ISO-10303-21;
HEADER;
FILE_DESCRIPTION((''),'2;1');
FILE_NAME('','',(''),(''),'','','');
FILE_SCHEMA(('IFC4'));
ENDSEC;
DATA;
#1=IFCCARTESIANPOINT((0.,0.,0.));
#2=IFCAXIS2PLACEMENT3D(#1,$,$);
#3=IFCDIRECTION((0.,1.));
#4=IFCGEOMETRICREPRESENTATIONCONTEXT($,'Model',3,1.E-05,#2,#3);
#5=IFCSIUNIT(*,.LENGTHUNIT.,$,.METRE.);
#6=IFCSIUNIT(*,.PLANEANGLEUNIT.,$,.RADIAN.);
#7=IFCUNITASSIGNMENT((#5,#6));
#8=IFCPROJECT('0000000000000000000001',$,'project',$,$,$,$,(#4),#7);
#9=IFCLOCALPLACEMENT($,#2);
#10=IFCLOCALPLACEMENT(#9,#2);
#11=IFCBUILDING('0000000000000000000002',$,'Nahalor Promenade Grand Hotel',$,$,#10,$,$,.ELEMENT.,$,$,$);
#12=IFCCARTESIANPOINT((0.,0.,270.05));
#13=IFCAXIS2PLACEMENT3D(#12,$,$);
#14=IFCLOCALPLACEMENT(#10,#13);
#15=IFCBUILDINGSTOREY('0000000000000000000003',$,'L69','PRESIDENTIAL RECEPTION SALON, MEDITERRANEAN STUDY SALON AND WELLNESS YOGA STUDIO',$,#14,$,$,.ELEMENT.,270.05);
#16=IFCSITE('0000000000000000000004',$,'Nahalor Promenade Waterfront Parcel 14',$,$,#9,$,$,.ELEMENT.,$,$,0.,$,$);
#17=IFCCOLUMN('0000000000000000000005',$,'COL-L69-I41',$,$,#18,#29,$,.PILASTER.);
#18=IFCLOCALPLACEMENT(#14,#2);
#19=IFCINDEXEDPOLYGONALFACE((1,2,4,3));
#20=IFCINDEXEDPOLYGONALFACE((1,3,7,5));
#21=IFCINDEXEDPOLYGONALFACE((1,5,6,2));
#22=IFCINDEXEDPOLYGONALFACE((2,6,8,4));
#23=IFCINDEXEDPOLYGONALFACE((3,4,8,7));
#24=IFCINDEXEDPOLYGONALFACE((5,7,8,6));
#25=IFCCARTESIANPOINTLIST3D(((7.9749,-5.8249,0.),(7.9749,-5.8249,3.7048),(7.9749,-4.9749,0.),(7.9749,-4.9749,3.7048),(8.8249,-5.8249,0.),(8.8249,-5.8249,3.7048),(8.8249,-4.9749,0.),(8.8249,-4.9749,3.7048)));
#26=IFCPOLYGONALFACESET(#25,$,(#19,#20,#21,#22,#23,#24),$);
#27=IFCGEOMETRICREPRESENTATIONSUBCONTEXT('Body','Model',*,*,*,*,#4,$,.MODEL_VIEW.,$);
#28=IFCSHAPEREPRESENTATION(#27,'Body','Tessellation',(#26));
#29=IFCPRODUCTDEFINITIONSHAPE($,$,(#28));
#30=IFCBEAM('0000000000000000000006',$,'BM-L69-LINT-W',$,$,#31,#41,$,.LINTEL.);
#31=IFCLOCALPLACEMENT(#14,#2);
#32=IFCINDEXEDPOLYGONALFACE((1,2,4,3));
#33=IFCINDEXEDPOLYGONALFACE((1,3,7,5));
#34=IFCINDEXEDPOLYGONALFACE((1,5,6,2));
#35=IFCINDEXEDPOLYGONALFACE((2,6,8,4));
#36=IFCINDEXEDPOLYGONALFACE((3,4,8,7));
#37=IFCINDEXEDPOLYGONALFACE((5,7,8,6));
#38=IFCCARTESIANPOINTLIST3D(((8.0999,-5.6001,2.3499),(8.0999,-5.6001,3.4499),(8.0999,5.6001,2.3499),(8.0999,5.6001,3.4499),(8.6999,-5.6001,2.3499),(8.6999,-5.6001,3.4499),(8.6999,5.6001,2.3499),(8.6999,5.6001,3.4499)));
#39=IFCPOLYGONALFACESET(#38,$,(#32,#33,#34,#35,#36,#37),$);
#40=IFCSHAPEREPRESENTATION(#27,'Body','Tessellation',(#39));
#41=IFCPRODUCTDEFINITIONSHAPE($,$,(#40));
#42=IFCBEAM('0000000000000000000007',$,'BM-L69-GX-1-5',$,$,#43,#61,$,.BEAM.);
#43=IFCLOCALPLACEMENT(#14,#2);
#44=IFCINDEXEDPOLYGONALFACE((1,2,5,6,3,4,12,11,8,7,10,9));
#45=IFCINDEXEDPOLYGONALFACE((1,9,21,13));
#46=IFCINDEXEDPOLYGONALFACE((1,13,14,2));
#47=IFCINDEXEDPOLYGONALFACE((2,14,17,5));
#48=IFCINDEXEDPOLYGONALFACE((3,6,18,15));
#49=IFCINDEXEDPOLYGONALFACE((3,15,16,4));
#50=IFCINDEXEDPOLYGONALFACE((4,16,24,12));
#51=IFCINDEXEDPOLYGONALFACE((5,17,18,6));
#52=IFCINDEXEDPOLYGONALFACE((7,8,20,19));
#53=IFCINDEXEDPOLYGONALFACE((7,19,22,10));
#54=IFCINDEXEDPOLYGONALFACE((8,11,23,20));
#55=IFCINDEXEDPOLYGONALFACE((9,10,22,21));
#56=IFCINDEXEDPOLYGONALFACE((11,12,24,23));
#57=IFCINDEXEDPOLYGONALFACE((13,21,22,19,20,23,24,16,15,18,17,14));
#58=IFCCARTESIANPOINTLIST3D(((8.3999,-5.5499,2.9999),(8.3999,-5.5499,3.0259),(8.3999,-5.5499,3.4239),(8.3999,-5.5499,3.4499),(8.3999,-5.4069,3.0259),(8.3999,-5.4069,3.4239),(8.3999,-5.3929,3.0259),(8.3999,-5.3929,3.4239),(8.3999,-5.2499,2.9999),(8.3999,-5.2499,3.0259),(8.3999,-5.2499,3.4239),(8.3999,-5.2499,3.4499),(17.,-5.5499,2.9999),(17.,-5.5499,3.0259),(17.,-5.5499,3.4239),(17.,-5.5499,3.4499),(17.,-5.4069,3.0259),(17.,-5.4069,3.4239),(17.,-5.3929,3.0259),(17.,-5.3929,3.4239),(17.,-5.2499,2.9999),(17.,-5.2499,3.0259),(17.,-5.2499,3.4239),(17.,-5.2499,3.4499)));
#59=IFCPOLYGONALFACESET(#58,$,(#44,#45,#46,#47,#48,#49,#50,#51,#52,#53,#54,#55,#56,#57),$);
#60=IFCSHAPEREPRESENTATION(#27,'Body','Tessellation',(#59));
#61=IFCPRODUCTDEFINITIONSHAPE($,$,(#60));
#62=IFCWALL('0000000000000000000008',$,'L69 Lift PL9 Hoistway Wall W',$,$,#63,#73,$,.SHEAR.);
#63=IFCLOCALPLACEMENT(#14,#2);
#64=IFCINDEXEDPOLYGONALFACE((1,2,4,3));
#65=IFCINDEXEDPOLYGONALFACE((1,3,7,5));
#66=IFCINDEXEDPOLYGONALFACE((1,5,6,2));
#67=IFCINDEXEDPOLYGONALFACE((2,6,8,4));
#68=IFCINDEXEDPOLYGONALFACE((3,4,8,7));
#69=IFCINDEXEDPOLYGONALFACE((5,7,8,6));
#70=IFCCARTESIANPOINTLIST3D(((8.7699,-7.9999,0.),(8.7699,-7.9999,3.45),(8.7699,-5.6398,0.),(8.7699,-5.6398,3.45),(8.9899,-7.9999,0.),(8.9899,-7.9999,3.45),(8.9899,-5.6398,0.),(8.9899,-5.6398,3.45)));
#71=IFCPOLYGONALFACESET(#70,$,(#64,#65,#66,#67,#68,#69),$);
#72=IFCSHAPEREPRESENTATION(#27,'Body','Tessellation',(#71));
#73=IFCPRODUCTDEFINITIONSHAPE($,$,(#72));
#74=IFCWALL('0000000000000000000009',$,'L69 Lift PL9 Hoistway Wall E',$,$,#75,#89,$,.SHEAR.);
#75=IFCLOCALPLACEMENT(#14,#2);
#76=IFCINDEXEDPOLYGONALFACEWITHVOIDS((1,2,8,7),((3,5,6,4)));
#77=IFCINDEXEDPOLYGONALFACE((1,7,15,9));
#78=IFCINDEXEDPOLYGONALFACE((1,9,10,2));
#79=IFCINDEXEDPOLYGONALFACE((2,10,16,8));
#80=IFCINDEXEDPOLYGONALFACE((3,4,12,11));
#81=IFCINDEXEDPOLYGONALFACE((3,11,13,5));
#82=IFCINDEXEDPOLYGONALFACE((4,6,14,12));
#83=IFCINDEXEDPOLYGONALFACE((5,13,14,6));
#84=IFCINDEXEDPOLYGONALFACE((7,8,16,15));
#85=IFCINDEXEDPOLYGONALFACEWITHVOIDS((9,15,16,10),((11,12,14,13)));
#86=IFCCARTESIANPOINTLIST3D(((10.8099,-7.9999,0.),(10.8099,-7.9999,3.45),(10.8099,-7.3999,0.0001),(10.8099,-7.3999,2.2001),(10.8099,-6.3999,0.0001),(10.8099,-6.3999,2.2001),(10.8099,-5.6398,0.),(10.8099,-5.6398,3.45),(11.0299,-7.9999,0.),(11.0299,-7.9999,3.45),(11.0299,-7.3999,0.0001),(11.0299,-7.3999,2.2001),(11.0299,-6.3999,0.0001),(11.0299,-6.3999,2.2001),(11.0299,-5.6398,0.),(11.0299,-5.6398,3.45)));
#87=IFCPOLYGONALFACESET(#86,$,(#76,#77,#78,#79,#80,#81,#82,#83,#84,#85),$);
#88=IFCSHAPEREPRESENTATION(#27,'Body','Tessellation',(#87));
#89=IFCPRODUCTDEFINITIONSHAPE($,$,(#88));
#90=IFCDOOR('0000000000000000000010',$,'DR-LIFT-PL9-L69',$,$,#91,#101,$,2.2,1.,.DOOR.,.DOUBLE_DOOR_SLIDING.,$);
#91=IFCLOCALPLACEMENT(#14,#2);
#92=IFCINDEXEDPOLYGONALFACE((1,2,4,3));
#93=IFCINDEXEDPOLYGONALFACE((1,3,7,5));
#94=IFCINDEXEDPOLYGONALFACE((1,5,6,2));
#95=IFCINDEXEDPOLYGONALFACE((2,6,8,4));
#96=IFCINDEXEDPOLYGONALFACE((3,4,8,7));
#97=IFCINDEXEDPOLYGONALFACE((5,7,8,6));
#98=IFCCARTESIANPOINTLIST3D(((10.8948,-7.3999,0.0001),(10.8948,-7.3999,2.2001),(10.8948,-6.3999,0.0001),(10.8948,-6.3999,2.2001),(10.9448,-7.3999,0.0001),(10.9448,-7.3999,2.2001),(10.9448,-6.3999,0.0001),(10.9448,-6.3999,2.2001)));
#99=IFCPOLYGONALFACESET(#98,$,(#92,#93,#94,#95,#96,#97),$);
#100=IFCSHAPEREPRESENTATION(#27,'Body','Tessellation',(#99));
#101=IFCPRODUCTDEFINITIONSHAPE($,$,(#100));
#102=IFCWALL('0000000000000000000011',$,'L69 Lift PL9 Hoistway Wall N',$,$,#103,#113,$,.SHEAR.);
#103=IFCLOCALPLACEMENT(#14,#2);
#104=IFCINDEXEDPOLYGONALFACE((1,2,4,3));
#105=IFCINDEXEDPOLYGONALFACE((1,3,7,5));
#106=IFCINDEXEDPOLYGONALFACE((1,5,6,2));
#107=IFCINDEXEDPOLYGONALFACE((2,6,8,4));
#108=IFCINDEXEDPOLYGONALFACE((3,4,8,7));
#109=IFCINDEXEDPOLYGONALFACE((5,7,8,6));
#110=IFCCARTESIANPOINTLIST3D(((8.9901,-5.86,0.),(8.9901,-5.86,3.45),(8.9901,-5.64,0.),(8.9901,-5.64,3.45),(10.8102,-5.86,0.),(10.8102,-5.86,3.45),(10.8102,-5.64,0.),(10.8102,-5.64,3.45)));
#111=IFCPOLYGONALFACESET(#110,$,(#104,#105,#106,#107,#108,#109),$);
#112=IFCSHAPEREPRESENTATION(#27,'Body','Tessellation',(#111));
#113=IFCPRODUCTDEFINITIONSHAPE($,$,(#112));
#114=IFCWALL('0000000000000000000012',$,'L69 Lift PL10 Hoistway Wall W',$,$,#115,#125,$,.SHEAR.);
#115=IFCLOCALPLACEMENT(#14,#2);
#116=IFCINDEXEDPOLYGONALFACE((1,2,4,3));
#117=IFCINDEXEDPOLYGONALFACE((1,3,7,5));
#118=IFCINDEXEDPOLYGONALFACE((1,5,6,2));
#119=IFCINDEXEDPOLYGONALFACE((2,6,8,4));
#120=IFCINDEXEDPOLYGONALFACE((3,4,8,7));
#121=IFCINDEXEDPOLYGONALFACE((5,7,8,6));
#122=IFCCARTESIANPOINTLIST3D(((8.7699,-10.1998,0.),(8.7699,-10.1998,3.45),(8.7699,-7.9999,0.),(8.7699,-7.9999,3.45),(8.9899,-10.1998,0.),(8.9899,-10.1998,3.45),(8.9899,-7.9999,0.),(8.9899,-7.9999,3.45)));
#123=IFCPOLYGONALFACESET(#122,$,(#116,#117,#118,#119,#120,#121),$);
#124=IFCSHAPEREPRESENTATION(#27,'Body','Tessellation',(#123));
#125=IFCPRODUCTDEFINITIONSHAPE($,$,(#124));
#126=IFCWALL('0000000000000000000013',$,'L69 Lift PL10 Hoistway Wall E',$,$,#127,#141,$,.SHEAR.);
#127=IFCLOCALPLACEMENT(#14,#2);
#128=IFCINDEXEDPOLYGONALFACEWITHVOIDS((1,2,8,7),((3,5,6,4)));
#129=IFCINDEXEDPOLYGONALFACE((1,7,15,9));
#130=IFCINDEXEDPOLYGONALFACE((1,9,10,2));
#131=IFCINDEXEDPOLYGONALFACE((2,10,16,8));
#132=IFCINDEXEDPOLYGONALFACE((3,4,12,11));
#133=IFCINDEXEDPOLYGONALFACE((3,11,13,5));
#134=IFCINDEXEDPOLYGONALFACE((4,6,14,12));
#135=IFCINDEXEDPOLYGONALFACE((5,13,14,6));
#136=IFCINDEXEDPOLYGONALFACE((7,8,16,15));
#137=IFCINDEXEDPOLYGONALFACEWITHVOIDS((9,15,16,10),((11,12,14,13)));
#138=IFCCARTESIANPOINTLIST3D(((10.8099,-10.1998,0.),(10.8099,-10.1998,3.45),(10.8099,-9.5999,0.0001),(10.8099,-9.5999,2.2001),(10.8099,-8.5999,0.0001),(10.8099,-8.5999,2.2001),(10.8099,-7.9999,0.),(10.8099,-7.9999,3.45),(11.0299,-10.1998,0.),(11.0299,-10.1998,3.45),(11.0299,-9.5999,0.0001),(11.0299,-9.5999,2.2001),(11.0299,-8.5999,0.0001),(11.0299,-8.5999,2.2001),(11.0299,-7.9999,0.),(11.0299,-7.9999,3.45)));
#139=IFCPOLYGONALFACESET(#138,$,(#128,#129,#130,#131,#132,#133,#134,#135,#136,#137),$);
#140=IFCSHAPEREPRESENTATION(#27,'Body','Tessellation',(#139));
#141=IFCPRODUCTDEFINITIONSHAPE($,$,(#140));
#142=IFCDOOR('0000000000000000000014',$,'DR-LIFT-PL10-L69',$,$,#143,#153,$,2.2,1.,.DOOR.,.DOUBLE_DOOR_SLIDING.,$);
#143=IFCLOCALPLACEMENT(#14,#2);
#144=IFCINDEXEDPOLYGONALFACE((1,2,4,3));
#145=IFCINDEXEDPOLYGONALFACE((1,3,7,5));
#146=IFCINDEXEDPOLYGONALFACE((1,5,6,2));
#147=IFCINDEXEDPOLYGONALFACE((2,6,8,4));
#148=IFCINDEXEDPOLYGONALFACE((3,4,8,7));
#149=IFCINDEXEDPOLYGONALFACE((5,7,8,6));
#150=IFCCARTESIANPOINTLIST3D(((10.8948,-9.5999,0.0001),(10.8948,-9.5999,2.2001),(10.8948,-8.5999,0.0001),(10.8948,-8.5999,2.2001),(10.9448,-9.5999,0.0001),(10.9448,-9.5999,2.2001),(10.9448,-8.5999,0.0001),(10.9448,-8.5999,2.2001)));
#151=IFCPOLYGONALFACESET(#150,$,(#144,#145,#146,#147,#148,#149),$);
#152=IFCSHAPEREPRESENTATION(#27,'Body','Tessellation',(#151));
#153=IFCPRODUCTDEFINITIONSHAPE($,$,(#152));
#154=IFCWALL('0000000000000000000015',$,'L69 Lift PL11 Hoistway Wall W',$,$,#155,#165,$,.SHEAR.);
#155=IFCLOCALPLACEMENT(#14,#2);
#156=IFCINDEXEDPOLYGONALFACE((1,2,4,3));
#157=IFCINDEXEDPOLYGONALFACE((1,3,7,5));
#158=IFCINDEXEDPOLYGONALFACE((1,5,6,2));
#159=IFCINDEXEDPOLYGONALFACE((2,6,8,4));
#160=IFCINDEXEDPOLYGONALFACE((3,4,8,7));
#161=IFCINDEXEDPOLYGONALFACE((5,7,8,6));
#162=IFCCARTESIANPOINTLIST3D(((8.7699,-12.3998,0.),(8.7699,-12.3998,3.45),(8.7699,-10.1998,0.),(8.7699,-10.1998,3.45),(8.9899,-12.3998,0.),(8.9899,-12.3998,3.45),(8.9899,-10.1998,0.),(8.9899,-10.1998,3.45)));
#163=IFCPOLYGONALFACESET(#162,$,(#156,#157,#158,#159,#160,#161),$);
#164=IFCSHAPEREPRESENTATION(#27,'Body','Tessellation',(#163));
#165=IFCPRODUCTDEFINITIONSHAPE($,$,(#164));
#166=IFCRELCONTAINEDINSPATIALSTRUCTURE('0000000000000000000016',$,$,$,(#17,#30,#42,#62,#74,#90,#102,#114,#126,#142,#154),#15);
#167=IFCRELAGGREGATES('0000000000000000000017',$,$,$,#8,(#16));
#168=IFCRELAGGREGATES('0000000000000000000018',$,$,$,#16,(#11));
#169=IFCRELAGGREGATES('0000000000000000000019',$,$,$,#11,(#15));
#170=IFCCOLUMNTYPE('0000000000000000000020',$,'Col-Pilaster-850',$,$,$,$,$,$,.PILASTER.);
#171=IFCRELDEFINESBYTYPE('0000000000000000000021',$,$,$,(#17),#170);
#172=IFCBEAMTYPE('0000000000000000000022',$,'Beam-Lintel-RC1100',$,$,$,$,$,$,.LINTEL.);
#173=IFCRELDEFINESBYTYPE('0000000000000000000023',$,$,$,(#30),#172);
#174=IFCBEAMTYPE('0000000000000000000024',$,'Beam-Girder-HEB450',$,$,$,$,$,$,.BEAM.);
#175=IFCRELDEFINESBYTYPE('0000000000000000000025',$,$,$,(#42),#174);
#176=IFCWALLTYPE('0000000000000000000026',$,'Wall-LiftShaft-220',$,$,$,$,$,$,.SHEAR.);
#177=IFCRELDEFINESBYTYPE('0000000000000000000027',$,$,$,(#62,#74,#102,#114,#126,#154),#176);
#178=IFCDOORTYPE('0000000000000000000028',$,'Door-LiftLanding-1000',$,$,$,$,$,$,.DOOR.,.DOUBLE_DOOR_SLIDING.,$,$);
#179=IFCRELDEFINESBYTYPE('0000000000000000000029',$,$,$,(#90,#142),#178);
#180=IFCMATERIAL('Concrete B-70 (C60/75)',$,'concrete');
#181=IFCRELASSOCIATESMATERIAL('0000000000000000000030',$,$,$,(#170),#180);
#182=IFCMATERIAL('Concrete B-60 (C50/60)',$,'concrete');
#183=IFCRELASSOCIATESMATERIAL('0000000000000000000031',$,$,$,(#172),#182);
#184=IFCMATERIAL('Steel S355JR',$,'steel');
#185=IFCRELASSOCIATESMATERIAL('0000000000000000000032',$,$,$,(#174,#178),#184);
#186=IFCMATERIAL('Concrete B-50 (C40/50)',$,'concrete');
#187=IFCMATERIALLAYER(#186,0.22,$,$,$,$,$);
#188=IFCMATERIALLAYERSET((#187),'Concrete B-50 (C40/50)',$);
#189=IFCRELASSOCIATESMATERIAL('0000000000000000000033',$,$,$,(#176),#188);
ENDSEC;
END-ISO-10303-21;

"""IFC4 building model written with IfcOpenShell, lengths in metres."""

from ifc_helpers import new_model, si_unit, direction, frame, frame_2d, origin, origin_2d, place, context, subcontext, project, spatial, rectangle, i_section, extrude, source, transform, mapped, material, layer, layer_set, material_profile, profile_set, type_object, element, fill, save


model = new_model("IFC4")

# Units and contexts
model_context = context("Model", 3, precision=1e-05, world=origin(), true_north=direction((0.0, 1.0)))
body_context = subcontext(model_context, "Body", "Model", "MODEL_VIEW")
ifc_project = project(units=[si_unit("LENGTHUNIT", "METRE"), si_unit("PLANEANGLEUNIT", "RADIAN")], contexts=[model_context])

# Site, building, storey
site_placement = place(None, origin())
site = spatial("IfcSite", under=ifc_project, at=site_placement, Name="Nahalor Promenade Waterfront Parcel 14", CompositionType="ELEMENT", RefElevation=0.0)
building_placement = place(site_placement, origin())
building = spatial("IfcBuilding", under=site, at=building_placement, Name="Nahalor Promenade Grand Hotel", CompositionType="ELEMENT")
storey_placement = place(building_placement, frame((0.0, 0.0, 270.05)))
storey = spatial("IfcBuildingStorey", under=building, at=storey_placement, Name="L69", Description="PRESIDENTIAL RECEPTION SALON, MEDITERRANEAN STUDY SALON AND WELLNESS YOGA STUDIO", CompositionType="ELEMENT", Elevation=270.05)

# Column
ifc_material_1 = material(Name="Concrete B-70 (C60/75)", Category="concrete")
ifc_material_profile_1 = material_profile(ifc_material_1, rectangle(XDim=0.85, YDim=0.85, at=origin_2d()), Name="RC 850x850")
ifc_profile_set_1 = profile_set([ifc_material_profile_1], Name="Concrete B-70 (C60/75)")
column_type = type_object("IfcColumnType", Name="Col-Pilaster-850", PredefinedType="PILASTER", material=ifc_profile_set_1)
shared_shape_1 = source(origin(), body_context, "Body", "SweptSolid", [
    extrude(rectangle(XDim=0.85, YDim=0.85, at=origin_2d()), origin(), (0.0, 0.0, 1.0), 3.7048),
])
column_placement = place(storey_placement, frame((8.3999, -5.3999, 0.0), z_axis=(0.0, 0.0, 1.0), x_axis=(1.0, 0.0, 0.0)))
element("IfcColumn", 1, at=column_placement, inside=storey, type_object=column_type, Name="COL-L69-I41", PredefinedType="PILASTER", context=body_context, shape_type="MappedRepresentation", body=[
    mapped(shared_shape_1, transform((0.0, 0.0, 0.0), scale=1.0)),
])

# Beams
ifc_material_2 = material(Name="Concrete B-60 (C50/60)", Category="concrete")
ifc_material_profile_2 = material_profile(ifc_material_2, rectangle(XDim=0.6, YDim=1.1, at=origin_2d()), Name="RC 600x1100")
ifc_profile_set_2 = profile_set([ifc_material_profile_2], Name="Concrete B-60 (C50/60)")
beam_type_1 = type_object("IfcBeamType", Name="Beam-Lintel-RC1100", PredefinedType="LINTEL", material=ifc_profile_set_2)
shared_shape_2 = source(origin(), body_context, "Body", "SweptSolid", [
    extrude(rectangle(XDim=0.6, YDim=1.1, at=origin_2d()), origin(), (0.0, 0.0, 1.0), 11.2002),
])
beam_1_placement = place(storey_placement, frame((8.3999, -5.6001, 2.8999), z_axis=(0.0, 1.0, 0.0), x_axis=(-1.0, 0.0, 0.0)))
element("IfcBeam", 2, at=beam_1_placement, inside=storey, type_object=beam_type_1, Name="BM-L69-LINT-W", PredefinedType="LINTEL", context=body_context, shape_type="MappedRepresentation", body=[
    mapped(shared_shape_2, transform((0.0, 0.0, 0.0), scale=1.0)),
])
ifc_material_3 = material(Name="Steel S355JR", Category="steel")
ifc_material_profile_3 = material_profile(ifc_material_3, i_section(OverallWidth=0.3, OverallDepth=0.45, WebThickness=0.014, FlangeThickness=0.026, at=origin_2d()), Name="HEB 450")
ifc_profile_set_3 = profile_set([ifc_material_profile_3], Name="Steel S355JR")
beam_type_2 = type_object("IfcBeamType", Name="Beam-Girder-HEB450", PredefinedType="BEAM", material=ifc_profile_set_3)
shared_shape_3 = source(origin(), body_context, "Body", "SweptSolid", [
    extrude(i_section(OverallWidth=0.3, OverallDepth=0.45, WebThickness=0.014, FlangeThickness=0.026, at=origin_2d()), origin(), (0.0, 0.0, 1.0), 8.6001),
])
beam_2_placement = place(storey_placement, frame((8.3999, -5.3999, 3.2249), z_axis=(1.0, 0.0, 0.0), x_axis=(0.0, 1.0, 0.0)))
element("IfcBeam", 3, at=beam_2_placement, inside=storey, type_object=beam_type_2, Name="BM-L69-GX-1-5", PredefinedType="BEAM", context=body_context, shape_type="MappedRepresentation", body=[
    mapped(shared_shape_3, transform((0.0, 0.0, 0.0), scale=1.0)),
])

# Wall
ifc_material_4 = material(Name="Concrete B-50 (C40/50)", Category="concrete")
ifc_layer_1 = layer(ifc_material_4, 0.22)
ifc_layer_set_1 = layer_set([ifc_layer_1], Name="Concrete B-50 (C40/50)")
wall_type_1 = type_object("IfcWallType", Name="Wall-LiftShaft-220", PredefinedType="SHEAR", material=ifc_layer_set_1)
shared_shape_4 = source(origin(), body_context, "Body", "SweptSolid", [
    extrude(rectangle(XDim=2.3601, YDim=0.22, at=frame_2d((1.1802, 0.0))), origin(), (0.0, 0.0, 1.0), 3.45),
])
wall_1_placement = place(storey_placement, frame((8.8799, -8.0, 0.0), z_axis=(0.0, 0.0, 1.0), x_axis=(0.0, 1.0, 0.0)))
element("IfcWall", 4, at=wall_1_placement, inside=storey, type_object=wall_type_1, Name="L69 Lift PL9 Hoistway Wall W", PredefinedType="SHEAR", context=body_context, shape_type="MappedRepresentation", body=[
    mapped(shared_shape_4, transform((0.0, 0.0, 0.0), scale=1.0)),
])

# Wall, opening, door
wall_2_placement = place(storey_placement, frame((10.9199, -8.0, 0.0), z_axis=(0.0, 0.0, 1.0), x_axis=(0.0, 1.0, 0.0)))
wall_2 = element("IfcWall", 5, at=wall_2_placement, inside=storey, type_object=wall_type_1, Name="L69 Lift PL9 Hoistway Wall E", PredefinedType="SHEAR", context=body_context, shape_type="MappedRepresentation", body=[
    mapped(shared_shape_4, transform((0.0, 0.0, 0.0), scale=1.0)),
])
opening_1_placement = place(wall_2_placement, frame((0.6001, 0.0, 0.0)))
opening_1 = element("IfcOpeningElement", 6, at=opening_1_placement, cuts=wall_2, PredefinedType="OPENING", context=body_context, shape_type="SweptSolid", body=[
    extrude(rectangle(XDim=1.0, YDim=2.2, at=frame_2d((0.5, 1.1001))), frame((0.0, 0.1199, 0.0), z_axis=(0.0, -1.0, 0.0), x_axis=(1.0, 0.0, 0.0)), (0.0, 0.0, 1.0), 0.24),
])
door_type = type_object("IfcDoorType", Name="Door-LiftLanding-1000", OperationType="DOUBLE_DOOR_SLIDING", PredefinedType="DOOR", material=ifc_material_3)
shared_shape_5 = source(origin(), body_context, "Body", "SweptSolid", [
    extrude(rectangle(XDim=1.0, YDim=2.2, at=frame_2d((0.5, 1.1001))), frame((0.0, 0.0249, 0.0), z_axis=(0.0, -1.0, 0.0), x_axis=(1.0, 0.0, 0.0)), (0.0, 0.0, 1.0), 0.05),
])
door_1_placement = place(opening_1_placement, frame((1.0, 0.0, 0.0), z_axis=(0.0, 0.0, 1.0), x_axis=(-1.0, 0.0, 0.0)))
door_1 = element("IfcDoor", 7, at=door_1_placement, inside=storey, type_object=door_type, Name="DR-LIFT-PL9-L69", OperationType="DOUBLE_DOOR_SLIDING", OverallHeight=2.2, OverallWidth=1.0, PredefinedType="DOOR", context=body_context, shape_type="MappedRepresentation", body=[
    mapped(shared_shape_5, transform((0.0, 0.0, 0.0), scale=1.0)),
])
fill(opening_1, door_1)

# Walls
shared_shape_6 = source(origin(), body_context, "Body", "SweptSolid", [
    extrude(rectangle(XDim=1.8201, YDim=0.22, at=frame_2d((0.9102, 0.0))), origin(), (0.0, 0.0, 1.0), 3.45),
])
wall_3_placement = place(storey_placement, frame((8.99, -5.75, 0.0), z_axis=(0.0, 0.0, 1.0), x_axis=(1.0, 0.0, 0.0)))
element("IfcWall", 8, at=wall_3_placement, inside=storey, type_object=wall_type_1, Name="L69 Lift PL9 Hoistway Wall N", PredefinedType="SHEAR", context=body_context, shape_type="MappedRepresentation", body=[
    mapped(shared_shape_6, transform((0.0, 0.0, 0.0), scale=1.0)),
])
shared_shape_7 = source(origin(), body_context, "Body", "SweptSolid", [
    extrude(rectangle(XDim=2.2, YDim=0.22, at=frame_2d((1.1001, 0.0))), origin(), (0.0, 0.0, 1.0), 3.45),
])
wall_4_placement = place(storey_placement, frame((8.8799, -10.2, 0.0), z_axis=(0.0, 0.0, 1.0), x_axis=(0.0, 1.0, 0.0)))
element("IfcWall", 9, at=wall_4_placement, inside=storey, type_object=wall_type_1, Name="L69 Lift PL10 Hoistway Wall W", PredefinedType="SHEAR", context=body_context, shape_type="MappedRepresentation", body=[
    mapped(shared_shape_7, transform((0.0, 0.0, 0.0), scale=1.0)),
])

# Wall, opening, door
wall_5_placement = place(storey_placement, frame((10.9199, -10.2, 0.0), z_axis=(0.0, 0.0, 1.0), x_axis=(0.0, 1.0, 0.0)))
wall_5 = element("IfcWall", 10, at=wall_5_placement, inside=storey, type_object=wall_type_1, Name="L69 Lift PL10 Hoistway Wall E", PredefinedType="SHEAR", context=body_context, shape_type="MappedRepresentation", body=[
    mapped(shared_shape_7, transform((0.0, 0.0, 0.0), scale=1.0)),
])
opening_2_placement = place(wall_5_placement, frame((0.6001, 0.0, 0.0)))
opening_2 = element("IfcOpeningElement", 11, at=opening_2_placement, cuts=wall_5, PredefinedType="OPENING", context=body_context, shape_type="SweptSolid", body=[
    extrude(rectangle(XDim=1.0, YDim=2.2, at=frame_2d((0.5, 1.1001))), frame((0.0, 0.1199, 0.0), z_axis=(0.0, -1.0, 0.0), x_axis=(1.0, 0.0, 0.0)), (0.0, 0.0, 1.0), 0.24),
])
door_2_placement = place(opening_2_placement, frame((1.0, 0.0, 0.0), z_axis=(0.0, 0.0, 1.0), x_axis=(-1.0, 0.0, 0.0)))
door_2 = element("IfcDoor", 12, at=door_2_placement, inside=storey, type_object=door_type, Name="DR-LIFT-PL10-L69", OperationType="DOUBLE_DOOR_SLIDING", OverallHeight=2.2, OverallWidth=1.0, PredefinedType="DOOR", context=body_context, shape_type="MappedRepresentation", body=[
    mapped(shared_shape_5, transform((0.0, 0.0, 0.0), scale=1.0)),
])
fill(opening_2, door_2)

# Wall
wall_6_placement = place(storey_placement, frame((8.8799, -12.3999, 0.0), z_axis=(0.0, 0.0, 1.0), x_axis=(0.0, 1.0, 0.0)))
element("IfcWall", 13, at=wall_6_placement, inside=storey, type_object=wall_type_1, Name="L69 Lift PL11 Hoistway Wall W", PredefinedType="SHEAR", context=body_context, shape_type="MappedRepresentation", body=[
    mapped(shared_shape_7, transform((0.0, 0.0, 0.0), scale=1.0)),
])

save(model, "model.ifc")
